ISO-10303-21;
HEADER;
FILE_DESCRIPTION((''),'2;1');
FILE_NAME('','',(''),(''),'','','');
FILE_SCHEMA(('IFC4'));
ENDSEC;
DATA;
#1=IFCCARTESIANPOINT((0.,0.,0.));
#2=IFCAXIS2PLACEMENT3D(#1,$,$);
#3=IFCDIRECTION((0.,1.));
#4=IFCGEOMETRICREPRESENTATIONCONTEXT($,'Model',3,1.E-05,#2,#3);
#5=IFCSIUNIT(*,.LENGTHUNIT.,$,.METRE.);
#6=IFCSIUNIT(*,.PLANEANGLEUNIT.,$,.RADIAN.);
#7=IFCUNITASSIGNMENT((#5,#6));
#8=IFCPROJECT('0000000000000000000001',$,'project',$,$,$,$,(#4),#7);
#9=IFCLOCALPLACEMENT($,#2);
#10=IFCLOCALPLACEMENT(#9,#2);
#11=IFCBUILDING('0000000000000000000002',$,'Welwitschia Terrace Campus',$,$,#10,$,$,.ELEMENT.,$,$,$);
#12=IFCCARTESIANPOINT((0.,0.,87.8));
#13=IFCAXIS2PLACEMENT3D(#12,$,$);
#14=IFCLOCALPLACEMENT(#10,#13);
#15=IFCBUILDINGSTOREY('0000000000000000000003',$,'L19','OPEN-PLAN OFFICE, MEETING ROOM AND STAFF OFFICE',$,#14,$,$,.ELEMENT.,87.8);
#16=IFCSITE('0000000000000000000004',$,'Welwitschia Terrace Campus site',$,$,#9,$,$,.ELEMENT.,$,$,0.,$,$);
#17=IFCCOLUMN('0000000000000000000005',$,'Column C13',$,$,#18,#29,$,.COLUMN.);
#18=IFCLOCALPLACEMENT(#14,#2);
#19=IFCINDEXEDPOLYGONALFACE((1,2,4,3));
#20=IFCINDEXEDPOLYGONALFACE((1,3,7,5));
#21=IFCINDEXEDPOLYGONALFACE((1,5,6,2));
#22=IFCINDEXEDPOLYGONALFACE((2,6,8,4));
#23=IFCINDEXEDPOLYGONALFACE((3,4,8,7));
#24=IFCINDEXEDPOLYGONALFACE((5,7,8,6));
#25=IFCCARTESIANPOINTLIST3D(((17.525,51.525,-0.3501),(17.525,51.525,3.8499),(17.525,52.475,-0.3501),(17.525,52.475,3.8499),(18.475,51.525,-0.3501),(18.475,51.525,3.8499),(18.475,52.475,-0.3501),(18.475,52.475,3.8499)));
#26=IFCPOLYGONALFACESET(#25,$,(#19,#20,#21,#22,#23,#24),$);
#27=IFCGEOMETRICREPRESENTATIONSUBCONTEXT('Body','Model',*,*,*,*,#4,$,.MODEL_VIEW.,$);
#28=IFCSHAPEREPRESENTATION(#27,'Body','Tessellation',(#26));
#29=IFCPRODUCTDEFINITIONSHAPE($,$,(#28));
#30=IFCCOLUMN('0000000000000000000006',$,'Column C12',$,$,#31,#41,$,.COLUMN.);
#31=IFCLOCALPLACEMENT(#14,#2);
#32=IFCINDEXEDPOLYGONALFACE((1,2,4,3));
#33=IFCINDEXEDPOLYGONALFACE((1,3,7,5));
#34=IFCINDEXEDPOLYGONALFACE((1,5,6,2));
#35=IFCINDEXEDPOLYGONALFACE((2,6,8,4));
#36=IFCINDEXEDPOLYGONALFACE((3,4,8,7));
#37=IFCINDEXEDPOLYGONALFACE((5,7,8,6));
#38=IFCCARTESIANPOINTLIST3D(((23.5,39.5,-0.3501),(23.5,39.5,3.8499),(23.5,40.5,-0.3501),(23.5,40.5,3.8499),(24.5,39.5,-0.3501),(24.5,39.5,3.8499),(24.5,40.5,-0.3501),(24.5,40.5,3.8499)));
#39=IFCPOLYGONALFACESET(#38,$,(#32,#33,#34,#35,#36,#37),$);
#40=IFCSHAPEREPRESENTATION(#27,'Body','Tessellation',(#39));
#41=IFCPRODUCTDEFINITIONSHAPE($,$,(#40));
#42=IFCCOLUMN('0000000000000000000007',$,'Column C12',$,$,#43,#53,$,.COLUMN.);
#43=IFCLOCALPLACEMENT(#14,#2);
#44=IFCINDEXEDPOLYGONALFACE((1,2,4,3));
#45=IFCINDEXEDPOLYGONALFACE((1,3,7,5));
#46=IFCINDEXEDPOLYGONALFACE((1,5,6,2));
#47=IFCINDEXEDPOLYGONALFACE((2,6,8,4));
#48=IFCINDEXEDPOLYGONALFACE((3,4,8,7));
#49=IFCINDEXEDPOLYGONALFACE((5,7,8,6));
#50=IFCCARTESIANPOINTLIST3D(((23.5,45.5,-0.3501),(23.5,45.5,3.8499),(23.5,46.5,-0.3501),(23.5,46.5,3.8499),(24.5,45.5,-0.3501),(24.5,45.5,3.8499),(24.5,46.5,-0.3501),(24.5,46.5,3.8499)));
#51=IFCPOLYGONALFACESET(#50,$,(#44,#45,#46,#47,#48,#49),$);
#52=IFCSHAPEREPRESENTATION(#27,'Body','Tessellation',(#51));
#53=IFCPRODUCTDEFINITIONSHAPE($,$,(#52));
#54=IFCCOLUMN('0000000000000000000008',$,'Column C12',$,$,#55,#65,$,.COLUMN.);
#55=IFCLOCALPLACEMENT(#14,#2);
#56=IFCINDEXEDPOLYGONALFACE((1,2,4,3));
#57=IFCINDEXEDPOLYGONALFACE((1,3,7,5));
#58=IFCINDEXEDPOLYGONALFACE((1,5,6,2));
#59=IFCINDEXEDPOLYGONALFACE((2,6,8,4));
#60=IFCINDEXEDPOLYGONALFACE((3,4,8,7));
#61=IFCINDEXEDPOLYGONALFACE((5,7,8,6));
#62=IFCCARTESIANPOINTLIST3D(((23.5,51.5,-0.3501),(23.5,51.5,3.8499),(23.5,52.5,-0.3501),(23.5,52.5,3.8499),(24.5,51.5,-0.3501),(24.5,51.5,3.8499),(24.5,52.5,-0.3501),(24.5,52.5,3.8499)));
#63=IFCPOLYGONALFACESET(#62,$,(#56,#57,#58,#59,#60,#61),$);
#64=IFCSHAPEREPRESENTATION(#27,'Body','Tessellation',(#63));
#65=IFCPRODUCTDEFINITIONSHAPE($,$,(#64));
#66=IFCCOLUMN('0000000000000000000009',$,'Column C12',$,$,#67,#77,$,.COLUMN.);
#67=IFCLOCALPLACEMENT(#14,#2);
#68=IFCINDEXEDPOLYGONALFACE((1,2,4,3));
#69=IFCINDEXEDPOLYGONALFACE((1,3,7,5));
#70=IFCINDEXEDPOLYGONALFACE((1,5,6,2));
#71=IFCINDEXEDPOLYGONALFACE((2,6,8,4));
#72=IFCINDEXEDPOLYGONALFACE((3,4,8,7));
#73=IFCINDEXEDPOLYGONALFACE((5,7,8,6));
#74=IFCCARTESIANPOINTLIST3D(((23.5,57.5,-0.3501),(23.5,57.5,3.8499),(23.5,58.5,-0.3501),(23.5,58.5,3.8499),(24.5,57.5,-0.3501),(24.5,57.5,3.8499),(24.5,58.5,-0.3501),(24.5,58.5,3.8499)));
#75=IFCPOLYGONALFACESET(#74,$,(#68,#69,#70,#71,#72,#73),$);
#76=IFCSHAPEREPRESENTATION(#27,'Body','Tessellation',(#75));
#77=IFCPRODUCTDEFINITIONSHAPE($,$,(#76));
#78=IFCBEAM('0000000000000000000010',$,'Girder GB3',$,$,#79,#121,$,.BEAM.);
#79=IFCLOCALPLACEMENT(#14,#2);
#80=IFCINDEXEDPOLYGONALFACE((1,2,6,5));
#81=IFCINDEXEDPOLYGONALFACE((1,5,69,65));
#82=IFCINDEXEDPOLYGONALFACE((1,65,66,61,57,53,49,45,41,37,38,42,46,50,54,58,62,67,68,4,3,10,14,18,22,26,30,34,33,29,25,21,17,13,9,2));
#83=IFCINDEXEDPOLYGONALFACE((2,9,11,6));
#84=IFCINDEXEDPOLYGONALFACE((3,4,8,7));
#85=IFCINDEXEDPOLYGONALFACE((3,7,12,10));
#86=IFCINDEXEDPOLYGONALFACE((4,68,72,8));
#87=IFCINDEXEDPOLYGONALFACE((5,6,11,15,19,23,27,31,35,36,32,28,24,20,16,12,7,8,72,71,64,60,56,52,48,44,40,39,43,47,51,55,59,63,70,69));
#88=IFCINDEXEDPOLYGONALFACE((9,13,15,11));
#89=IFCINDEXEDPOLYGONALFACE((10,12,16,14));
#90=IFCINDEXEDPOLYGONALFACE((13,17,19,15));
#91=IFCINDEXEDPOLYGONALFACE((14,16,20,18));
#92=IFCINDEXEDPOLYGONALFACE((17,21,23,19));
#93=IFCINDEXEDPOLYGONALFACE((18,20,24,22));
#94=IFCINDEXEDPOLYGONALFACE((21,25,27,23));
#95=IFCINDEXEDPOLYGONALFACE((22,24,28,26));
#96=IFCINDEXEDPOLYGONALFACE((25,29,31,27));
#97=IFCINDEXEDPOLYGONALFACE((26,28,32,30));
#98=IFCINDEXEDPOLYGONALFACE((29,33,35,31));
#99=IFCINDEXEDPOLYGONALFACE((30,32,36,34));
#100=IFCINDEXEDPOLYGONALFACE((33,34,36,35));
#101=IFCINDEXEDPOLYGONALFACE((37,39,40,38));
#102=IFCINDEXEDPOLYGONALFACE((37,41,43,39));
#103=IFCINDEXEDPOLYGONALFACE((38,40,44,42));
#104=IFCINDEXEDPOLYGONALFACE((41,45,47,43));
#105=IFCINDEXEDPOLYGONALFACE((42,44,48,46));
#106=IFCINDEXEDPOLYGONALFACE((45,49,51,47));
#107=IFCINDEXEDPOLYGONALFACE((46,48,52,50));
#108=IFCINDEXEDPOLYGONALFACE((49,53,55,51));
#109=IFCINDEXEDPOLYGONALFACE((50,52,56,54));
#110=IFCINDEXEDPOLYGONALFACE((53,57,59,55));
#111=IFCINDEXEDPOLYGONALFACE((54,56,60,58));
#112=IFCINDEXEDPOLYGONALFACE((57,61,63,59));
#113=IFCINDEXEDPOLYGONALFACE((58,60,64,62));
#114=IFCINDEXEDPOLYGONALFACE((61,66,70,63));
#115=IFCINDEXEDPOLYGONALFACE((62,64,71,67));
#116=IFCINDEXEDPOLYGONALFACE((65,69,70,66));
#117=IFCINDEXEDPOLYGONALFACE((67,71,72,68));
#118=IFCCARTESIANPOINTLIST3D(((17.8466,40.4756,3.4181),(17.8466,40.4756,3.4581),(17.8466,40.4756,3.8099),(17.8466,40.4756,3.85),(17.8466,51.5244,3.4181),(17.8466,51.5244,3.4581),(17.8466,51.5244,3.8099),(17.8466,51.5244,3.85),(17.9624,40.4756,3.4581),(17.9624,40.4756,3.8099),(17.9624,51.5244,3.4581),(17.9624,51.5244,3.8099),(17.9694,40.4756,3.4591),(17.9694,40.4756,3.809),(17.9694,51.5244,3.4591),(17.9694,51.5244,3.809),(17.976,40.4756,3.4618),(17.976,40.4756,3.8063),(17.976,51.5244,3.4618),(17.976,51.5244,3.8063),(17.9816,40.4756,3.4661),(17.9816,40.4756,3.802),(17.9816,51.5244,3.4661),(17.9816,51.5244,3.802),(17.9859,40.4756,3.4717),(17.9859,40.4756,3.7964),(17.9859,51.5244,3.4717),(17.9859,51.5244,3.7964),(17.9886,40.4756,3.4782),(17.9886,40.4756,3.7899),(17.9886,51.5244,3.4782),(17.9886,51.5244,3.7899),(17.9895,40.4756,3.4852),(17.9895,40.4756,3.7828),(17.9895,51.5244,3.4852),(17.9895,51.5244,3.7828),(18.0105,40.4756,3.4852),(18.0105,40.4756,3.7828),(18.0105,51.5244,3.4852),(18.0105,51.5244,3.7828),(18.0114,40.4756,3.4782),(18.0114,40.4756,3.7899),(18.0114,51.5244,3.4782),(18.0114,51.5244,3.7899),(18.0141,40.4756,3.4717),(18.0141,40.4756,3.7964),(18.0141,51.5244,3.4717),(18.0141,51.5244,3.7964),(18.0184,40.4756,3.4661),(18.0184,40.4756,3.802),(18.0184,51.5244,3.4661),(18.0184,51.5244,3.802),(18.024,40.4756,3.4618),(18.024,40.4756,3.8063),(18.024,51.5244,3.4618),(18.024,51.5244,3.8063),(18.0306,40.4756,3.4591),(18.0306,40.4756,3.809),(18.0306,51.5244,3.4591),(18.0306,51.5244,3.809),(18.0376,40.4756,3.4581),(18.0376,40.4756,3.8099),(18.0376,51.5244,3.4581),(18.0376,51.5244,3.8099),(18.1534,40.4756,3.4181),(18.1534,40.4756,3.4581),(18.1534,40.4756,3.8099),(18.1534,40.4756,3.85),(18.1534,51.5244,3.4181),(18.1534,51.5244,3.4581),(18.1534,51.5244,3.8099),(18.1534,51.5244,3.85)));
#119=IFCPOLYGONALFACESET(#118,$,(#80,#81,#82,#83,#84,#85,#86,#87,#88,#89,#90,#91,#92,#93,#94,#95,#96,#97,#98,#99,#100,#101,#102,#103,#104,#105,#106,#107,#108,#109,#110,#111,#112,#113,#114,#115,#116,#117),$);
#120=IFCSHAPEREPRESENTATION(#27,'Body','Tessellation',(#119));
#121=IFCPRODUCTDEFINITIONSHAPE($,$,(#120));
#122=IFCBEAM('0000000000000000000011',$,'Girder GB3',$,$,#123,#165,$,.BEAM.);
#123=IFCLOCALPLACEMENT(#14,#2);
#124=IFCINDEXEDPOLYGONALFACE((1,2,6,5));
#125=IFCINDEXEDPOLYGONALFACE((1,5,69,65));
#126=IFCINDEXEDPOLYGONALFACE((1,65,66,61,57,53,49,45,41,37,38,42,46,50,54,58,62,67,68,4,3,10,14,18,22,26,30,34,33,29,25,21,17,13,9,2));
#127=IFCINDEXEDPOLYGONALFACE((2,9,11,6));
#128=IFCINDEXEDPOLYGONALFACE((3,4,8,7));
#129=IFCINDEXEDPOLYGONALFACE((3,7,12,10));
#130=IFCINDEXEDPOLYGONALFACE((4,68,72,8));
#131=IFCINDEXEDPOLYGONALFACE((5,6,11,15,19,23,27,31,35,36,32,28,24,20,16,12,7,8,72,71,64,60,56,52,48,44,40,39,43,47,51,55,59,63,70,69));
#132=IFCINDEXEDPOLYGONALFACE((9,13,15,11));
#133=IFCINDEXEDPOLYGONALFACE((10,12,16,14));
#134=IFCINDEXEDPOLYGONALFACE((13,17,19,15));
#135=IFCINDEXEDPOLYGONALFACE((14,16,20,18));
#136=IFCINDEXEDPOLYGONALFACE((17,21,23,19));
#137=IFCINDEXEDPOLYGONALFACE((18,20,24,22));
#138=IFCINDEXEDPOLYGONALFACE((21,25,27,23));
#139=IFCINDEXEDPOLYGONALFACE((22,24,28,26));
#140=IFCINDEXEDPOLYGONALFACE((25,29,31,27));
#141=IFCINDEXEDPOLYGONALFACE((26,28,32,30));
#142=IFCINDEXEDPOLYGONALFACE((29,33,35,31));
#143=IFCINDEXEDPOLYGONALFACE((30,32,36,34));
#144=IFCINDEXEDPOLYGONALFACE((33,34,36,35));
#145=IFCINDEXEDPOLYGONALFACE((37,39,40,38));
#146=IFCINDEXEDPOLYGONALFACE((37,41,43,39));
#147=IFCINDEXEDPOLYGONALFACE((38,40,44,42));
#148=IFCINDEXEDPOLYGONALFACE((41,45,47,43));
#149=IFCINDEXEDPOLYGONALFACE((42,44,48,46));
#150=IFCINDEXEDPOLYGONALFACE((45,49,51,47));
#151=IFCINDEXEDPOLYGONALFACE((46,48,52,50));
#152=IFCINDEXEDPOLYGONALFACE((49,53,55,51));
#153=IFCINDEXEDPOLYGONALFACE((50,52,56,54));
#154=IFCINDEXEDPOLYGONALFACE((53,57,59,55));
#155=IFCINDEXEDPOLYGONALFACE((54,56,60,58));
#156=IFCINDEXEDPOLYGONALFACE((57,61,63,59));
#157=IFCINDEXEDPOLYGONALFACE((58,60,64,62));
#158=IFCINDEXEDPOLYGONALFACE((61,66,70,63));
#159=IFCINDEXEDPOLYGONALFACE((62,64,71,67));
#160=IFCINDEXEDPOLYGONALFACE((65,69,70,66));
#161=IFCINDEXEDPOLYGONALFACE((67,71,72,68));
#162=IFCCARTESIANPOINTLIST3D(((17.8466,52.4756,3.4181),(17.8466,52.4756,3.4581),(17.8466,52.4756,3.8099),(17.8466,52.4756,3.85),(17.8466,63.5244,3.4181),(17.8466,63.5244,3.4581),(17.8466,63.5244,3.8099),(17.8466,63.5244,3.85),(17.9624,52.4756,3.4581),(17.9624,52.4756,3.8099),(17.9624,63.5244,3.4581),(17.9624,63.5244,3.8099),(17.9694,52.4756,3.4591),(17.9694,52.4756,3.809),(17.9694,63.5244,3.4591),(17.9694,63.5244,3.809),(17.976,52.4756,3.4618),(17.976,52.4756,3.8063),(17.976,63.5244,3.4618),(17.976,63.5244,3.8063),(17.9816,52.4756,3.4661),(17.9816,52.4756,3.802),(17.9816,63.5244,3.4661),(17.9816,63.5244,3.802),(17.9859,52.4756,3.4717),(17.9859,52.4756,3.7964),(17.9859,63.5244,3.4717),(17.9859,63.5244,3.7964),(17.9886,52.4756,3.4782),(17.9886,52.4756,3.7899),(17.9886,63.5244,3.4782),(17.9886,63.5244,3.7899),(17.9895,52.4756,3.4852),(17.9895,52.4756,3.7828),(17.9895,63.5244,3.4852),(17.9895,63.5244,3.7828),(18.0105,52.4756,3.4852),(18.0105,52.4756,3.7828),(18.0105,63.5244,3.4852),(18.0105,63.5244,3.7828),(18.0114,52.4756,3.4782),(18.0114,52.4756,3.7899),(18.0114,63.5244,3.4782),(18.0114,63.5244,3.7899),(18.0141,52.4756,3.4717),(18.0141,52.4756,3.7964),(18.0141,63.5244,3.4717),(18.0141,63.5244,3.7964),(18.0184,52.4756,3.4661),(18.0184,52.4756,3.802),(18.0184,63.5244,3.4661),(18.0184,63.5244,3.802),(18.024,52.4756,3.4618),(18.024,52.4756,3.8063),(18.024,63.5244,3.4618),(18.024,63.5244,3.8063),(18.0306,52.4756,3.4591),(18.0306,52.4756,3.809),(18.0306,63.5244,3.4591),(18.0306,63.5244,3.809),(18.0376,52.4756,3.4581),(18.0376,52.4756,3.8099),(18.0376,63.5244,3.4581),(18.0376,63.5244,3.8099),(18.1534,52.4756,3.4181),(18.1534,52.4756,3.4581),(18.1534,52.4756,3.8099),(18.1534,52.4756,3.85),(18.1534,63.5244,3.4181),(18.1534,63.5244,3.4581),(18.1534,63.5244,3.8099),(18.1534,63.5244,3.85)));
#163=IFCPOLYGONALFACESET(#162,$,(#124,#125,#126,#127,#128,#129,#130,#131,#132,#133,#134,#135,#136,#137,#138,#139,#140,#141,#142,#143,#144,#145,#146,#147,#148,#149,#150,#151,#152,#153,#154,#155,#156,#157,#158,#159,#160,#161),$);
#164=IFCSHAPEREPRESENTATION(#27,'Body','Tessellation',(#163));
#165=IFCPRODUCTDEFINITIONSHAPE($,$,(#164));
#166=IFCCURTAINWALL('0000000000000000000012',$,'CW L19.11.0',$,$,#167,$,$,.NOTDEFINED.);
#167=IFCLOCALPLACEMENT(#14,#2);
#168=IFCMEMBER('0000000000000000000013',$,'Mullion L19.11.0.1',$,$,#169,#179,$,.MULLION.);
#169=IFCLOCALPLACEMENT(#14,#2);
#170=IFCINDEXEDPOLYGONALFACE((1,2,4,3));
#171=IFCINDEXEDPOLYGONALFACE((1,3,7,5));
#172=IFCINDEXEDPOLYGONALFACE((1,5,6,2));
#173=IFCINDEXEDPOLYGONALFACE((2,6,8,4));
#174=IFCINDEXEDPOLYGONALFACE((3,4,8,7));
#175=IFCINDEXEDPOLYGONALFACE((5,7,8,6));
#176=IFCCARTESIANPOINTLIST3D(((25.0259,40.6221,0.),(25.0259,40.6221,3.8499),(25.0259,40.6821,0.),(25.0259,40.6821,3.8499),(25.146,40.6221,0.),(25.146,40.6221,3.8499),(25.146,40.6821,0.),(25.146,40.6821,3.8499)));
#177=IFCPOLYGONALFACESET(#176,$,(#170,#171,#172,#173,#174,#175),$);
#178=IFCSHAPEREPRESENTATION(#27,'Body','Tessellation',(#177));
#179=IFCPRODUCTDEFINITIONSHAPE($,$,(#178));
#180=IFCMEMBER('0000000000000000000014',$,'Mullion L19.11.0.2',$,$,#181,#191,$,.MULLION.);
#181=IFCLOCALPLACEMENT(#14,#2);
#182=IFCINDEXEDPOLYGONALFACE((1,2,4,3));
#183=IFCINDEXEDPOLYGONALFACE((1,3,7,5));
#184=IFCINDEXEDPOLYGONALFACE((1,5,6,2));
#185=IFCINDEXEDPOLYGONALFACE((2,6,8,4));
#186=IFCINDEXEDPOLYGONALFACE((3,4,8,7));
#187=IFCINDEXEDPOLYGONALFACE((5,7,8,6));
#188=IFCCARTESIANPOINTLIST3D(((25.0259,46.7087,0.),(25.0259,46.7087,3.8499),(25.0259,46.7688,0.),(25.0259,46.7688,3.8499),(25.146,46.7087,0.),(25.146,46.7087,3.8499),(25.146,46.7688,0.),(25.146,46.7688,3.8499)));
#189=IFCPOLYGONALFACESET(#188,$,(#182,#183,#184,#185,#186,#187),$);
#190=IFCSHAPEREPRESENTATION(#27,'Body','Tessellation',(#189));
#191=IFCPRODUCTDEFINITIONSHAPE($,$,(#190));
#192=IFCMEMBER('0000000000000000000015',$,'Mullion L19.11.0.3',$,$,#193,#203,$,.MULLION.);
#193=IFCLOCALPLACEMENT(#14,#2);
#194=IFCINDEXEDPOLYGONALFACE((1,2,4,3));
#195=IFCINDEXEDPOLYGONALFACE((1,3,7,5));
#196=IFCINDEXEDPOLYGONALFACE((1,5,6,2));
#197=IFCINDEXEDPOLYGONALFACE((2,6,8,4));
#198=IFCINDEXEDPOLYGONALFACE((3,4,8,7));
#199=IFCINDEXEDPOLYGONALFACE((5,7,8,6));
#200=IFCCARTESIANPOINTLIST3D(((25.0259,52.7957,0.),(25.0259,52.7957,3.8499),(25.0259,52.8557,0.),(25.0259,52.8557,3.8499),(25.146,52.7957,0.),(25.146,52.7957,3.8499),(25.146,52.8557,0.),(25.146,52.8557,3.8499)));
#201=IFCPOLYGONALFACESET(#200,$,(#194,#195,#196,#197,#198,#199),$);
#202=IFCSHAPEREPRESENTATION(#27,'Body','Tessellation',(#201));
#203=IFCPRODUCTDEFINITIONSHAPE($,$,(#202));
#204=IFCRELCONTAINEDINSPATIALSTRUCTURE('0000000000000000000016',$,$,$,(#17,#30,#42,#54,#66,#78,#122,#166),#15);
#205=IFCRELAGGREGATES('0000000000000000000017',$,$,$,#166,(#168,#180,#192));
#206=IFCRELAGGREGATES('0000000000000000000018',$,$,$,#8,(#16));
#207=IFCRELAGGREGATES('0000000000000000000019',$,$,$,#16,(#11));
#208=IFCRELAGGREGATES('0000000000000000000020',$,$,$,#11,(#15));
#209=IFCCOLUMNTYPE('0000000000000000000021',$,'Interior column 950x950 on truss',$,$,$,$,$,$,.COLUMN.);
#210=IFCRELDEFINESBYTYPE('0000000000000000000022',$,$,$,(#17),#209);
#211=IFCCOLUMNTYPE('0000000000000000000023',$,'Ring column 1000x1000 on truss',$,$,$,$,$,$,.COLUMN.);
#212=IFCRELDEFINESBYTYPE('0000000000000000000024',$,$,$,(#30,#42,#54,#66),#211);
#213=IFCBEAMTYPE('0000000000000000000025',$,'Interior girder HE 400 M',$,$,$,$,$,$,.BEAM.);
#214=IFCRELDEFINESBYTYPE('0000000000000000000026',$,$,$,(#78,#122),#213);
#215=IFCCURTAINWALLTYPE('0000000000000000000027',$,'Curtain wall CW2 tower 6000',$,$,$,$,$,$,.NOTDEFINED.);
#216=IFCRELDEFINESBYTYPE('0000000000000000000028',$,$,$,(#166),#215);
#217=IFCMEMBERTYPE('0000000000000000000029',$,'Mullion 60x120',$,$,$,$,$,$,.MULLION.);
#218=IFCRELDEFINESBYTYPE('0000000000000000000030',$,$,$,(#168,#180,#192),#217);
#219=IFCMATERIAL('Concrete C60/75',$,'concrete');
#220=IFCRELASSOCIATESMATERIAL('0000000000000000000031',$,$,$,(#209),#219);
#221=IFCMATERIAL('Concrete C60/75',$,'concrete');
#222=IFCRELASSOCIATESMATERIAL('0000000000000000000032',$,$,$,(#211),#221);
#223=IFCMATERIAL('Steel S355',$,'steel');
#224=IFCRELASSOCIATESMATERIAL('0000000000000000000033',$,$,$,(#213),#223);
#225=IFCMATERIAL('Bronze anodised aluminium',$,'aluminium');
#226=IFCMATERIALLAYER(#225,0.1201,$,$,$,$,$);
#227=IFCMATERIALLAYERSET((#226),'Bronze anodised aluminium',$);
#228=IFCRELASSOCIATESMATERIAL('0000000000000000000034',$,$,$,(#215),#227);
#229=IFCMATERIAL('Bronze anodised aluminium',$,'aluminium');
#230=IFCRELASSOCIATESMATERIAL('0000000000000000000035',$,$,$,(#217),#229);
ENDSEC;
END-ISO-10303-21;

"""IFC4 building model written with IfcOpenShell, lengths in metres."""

from ifc_helpers import new_model, si_unit, direction, frame, origin, origin_2d, place, context, subcontext, project, spatial, rectangle, i_section, extrude, material, layer, layer_set, material_profile, profile_set, type_object, element, aggregate, save


model = new_model("IFC4")

# Units and contexts
model_context = context("Model", 3, precision=1e-05, world=origin(), true_north=direction((0.0, 1.0)))
body_context = subcontext(model_context, "Body", "Model", "MODEL_VIEW")
ifc_project = project(units=[si_unit("LENGTHUNIT", "METRE"), si_unit("PLANEANGLEUNIT", "RADIAN")], contexts=[model_context])

# Site, building, storey
site_placement = place(None, origin())
site = spatial("IfcSite", under=ifc_project, at=site_placement, Name="Welwitschia Terrace Campus site", CompositionType="ELEMENT", RefElevation=0.0)
building_placement = place(site_placement, origin())
building = spatial("IfcBuilding", under=site, at=building_placement, Name="Welwitschia Terrace Campus", CompositionType="ELEMENT")
storey_placement = place(building_placement, frame((0.0, 0.0, 87.8)))
storey = spatial("IfcBuildingStorey", under=building, at=storey_placement, Name="L19", Description="OPEN-PLAN OFFICE, MEETING ROOM AND STAFF OFFICE", CompositionType="ELEMENT", Elevation=87.8)

# Columns
ifc_material_1 = material(Name="Concrete C60/75", Category="concrete")
ifc_material_profile_1 = material_profile(ifc_material_1, rectangle(XDim=0.95, YDim=0.95, at=origin_2d()))
ifc_profile_set_1 = profile_set([ifc_material_profile_1], Name="Concrete C60/75")
column_type_1 = type_object("IfcColumnType", Name="Interior column 950x950 on truss", PredefinedType="COLUMN", material=ifc_profile_set_1)
column_placement = place(storey_placement, frame((18.0, 52.0, -0.3501), z_axis=(0.0, 0.0, 1.0), x_axis=(1.0, 0.0, 0.0)))
element("IfcColumn", 1, at=column_placement, inside=storey, type_object=column_type_1, Name="Column C13", PredefinedType="COLUMN", context=body_context, shape_type="SweptSolid", body=[
    extrude(rectangle(XDim=0.95, YDim=0.95, at=origin_2d()), origin(), (0.0, 0.0, 1.0), 4.2),
])
ifc_material_2 = material(Name="Concrete C60/75", Category="concrete")
ifc_material_profile_2 = material_profile(ifc_material_2, rectangle(XDim=1.0, YDim=1.0, at=origin_2d()))
ifc_profile_set_2 = profile_set([ifc_material_profile_2], Name="Concrete C60/75")
column_type_2 = type_object("IfcColumnType", Name="Ring column 1000x1000 on truss", PredefinedType="COLUMN", material=ifc_profile_set_2)
for number, where, z_axis, x_axis, name in (
    (2, (24.0, 40.0, -0.3501), (0.0, 0.0, 1.0), (1.0, 0.0, 0.0), "Column C12"),
    (3, (24.0, 46.0, -0.3501), (0.0, 0.0, 1.0), (1.0, 0.0, 0.0), "Column C12"),
    (4, (24.0, 52.0, -0.3501), (0.0, 0.0, 1.0), (1.0, 0.0, 0.0), "Column C12"),
    (5, (24.0, 58.0, -0.3501), (0.0, 0.0, 1.0), (1.0, 0.0, 0.0), "Column C12"),
):
    element("IfcColumn", number, at=place(storey_placement, frame(where, z_axis=z_axis, x_axis=x_axis)), inside=storey, type_object=column_type_2, Name=name, PredefinedType="COLUMN", context=body_context, shape_type="SweptSolid", body=[
        extrude(rectangle(XDim=1.0, YDim=1.0, at=origin_2d()), origin(), (0.0, 0.0, 1.0), 4.2),
    ])

# Beams
ifc_material_3 = material(Name="Steel S355", Category="steel")
ifc_material_profile_3 = material_profile(ifc_material_3, i_section(OverallWidth=0.3069, OverallDepth=0.4319, WebThickness=0.021, FlangeThickness=0.04, FilletRadius=0.0271, at=origin_2d()))
ifc_profile_set_3 = profile_set([ifc_material_profile_3], Name="Steel S355")
beam_type_1 = type_object("IfcBeamType", Name="Interior girder HE 400 M", PredefinedType="BEAM", material=ifc_profile_set_3)
for number, where, z_axis, x_axis, name in (
    (6, (18.0, 40.4756, 3.634), (0.0, 1.0, 0.0), (-1.0, 0.0, 0.0), "Girder GB3"),
    (7, (18.0, 52.4756, 3.634), (0.0, 1.0, 0.0), (-1.0, 0.0, 0.0), "Girder GB3"),
):
    element("IfcBeam", number, at=place(storey_placement, frame(where, z_axis=z_axis, x_axis=x_axis)), inside=storey, type_object=beam_type_1, Name=name, PredefinedType="BEAM", context=body_context, shape_type="SweptSolid", body=[
        extrude(i_section(OverallWidth=0.3069, OverallDepth=0.4319, WebThickness=0.021, FlangeThickness=0.04, FilletRadius=0.0271, at=origin_2d()), origin(), (0.0, 0.0, 1.0), 11.0488),
    ])

# Curtain wall, members
ifc_material_4 = material(Name="Bronze anodised aluminium", Category="aluminium")
ifc_layer_1 = layer(ifc_material_4, 0.1201)
ifc_layer_set_1 = layer_set([ifc_layer_1], Name="Bronze anodised aluminium")
curtain_wall_type = type_object("IfcCurtainWallType", Name="Curtain wall CW2 tower 6000", PredefinedType="NOTDEFINED", material=ifc_layer_set_1)
curtain_wall_placement = place(storey_placement, origin())
curtain_wall = element("IfcCurtainWall", 8, at=curtain_wall_placement, inside=storey, type_object=curtain_wall_type, Name="CW L19.11.0", PredefinedType="NOTDEFINED")
ifc_material_5 = material(Name="Bronze anodised aluminium", Category="aluminium")
ifc_material_profile_4 = material_profile(ifc_material_5, rectangle(XDim=0.1201, YDim=0.0601, at=origin_2d()))
ifc_profile_set_4 = profile_set([ifc_material_profile_4], Name="Bronze anodised aluminium")
member_type = type_object("IfcMemberType", Name="Mullion 60x120", PredefinedType="MULLION", material=ifc_profile_set_4)
member_1_placement = place(storey_placement, frame((25.0859, 40.6521, 0.0), z_axis=(0.0, 0.0, 1.0), x_axis=(-1.0, 0.0, 0.0)))
member_1 = element("IfcMember", 9, at=member_1_placement, type_object=member_type, Name="Mullion L19.11.0.1", PredefinedType="MULLION", context=body_context, shape_type="SweptSolid", body=[
    extrude(rectangle(XDim=0.1201, YDim=0.0601, at=origin_2d()), origin(), (0.0, 0.0, 1.0), 3.8499),
])
member_2_placement = place(storey_placement, frame((25.0859, 46.7388, 0.0), z_axis=(0.0, 0.0, 1.0), x_axis=(-1.0, 0.0, 0.0)))
member_2 = element("IfcMember", 10, at=member_2_placement, type_object=member_type, Name="Mullion L19.11.0.2", PredefinedType="MULLION", context=body_context, shape_type="SweptSolid", body=[
    extrude(rectangle(XDim=0.1201, YDim=0.0601, at=origin_2d()), origin(), (0.0, 0.0, 1.0), 3.8499),
])
member_3_placement = place(storey_placement, frame((25.0859, 52.8257, 0.0), z_axis=(0.0, 0.0, 1.0), x_axis=(-1.0, 0.0, 0.0)))
member_3 = element("IfcMember", 11, at=member_3_placement, type_object=member_type, Name="Mullion L19.11.0.3", PredefinedType="MULLION", context=body_context, shape_type="SweptSolid", body=[
    extrude(rectangle(XDim=0.1201, YDim=0.0601, at=origin_2d()), origin(), (0.0, 0.0, 1.0), 3.8499),
])

aggregate(curtain_wall, [member_1, member_2, member_3])

save(model, "model.ifc")
